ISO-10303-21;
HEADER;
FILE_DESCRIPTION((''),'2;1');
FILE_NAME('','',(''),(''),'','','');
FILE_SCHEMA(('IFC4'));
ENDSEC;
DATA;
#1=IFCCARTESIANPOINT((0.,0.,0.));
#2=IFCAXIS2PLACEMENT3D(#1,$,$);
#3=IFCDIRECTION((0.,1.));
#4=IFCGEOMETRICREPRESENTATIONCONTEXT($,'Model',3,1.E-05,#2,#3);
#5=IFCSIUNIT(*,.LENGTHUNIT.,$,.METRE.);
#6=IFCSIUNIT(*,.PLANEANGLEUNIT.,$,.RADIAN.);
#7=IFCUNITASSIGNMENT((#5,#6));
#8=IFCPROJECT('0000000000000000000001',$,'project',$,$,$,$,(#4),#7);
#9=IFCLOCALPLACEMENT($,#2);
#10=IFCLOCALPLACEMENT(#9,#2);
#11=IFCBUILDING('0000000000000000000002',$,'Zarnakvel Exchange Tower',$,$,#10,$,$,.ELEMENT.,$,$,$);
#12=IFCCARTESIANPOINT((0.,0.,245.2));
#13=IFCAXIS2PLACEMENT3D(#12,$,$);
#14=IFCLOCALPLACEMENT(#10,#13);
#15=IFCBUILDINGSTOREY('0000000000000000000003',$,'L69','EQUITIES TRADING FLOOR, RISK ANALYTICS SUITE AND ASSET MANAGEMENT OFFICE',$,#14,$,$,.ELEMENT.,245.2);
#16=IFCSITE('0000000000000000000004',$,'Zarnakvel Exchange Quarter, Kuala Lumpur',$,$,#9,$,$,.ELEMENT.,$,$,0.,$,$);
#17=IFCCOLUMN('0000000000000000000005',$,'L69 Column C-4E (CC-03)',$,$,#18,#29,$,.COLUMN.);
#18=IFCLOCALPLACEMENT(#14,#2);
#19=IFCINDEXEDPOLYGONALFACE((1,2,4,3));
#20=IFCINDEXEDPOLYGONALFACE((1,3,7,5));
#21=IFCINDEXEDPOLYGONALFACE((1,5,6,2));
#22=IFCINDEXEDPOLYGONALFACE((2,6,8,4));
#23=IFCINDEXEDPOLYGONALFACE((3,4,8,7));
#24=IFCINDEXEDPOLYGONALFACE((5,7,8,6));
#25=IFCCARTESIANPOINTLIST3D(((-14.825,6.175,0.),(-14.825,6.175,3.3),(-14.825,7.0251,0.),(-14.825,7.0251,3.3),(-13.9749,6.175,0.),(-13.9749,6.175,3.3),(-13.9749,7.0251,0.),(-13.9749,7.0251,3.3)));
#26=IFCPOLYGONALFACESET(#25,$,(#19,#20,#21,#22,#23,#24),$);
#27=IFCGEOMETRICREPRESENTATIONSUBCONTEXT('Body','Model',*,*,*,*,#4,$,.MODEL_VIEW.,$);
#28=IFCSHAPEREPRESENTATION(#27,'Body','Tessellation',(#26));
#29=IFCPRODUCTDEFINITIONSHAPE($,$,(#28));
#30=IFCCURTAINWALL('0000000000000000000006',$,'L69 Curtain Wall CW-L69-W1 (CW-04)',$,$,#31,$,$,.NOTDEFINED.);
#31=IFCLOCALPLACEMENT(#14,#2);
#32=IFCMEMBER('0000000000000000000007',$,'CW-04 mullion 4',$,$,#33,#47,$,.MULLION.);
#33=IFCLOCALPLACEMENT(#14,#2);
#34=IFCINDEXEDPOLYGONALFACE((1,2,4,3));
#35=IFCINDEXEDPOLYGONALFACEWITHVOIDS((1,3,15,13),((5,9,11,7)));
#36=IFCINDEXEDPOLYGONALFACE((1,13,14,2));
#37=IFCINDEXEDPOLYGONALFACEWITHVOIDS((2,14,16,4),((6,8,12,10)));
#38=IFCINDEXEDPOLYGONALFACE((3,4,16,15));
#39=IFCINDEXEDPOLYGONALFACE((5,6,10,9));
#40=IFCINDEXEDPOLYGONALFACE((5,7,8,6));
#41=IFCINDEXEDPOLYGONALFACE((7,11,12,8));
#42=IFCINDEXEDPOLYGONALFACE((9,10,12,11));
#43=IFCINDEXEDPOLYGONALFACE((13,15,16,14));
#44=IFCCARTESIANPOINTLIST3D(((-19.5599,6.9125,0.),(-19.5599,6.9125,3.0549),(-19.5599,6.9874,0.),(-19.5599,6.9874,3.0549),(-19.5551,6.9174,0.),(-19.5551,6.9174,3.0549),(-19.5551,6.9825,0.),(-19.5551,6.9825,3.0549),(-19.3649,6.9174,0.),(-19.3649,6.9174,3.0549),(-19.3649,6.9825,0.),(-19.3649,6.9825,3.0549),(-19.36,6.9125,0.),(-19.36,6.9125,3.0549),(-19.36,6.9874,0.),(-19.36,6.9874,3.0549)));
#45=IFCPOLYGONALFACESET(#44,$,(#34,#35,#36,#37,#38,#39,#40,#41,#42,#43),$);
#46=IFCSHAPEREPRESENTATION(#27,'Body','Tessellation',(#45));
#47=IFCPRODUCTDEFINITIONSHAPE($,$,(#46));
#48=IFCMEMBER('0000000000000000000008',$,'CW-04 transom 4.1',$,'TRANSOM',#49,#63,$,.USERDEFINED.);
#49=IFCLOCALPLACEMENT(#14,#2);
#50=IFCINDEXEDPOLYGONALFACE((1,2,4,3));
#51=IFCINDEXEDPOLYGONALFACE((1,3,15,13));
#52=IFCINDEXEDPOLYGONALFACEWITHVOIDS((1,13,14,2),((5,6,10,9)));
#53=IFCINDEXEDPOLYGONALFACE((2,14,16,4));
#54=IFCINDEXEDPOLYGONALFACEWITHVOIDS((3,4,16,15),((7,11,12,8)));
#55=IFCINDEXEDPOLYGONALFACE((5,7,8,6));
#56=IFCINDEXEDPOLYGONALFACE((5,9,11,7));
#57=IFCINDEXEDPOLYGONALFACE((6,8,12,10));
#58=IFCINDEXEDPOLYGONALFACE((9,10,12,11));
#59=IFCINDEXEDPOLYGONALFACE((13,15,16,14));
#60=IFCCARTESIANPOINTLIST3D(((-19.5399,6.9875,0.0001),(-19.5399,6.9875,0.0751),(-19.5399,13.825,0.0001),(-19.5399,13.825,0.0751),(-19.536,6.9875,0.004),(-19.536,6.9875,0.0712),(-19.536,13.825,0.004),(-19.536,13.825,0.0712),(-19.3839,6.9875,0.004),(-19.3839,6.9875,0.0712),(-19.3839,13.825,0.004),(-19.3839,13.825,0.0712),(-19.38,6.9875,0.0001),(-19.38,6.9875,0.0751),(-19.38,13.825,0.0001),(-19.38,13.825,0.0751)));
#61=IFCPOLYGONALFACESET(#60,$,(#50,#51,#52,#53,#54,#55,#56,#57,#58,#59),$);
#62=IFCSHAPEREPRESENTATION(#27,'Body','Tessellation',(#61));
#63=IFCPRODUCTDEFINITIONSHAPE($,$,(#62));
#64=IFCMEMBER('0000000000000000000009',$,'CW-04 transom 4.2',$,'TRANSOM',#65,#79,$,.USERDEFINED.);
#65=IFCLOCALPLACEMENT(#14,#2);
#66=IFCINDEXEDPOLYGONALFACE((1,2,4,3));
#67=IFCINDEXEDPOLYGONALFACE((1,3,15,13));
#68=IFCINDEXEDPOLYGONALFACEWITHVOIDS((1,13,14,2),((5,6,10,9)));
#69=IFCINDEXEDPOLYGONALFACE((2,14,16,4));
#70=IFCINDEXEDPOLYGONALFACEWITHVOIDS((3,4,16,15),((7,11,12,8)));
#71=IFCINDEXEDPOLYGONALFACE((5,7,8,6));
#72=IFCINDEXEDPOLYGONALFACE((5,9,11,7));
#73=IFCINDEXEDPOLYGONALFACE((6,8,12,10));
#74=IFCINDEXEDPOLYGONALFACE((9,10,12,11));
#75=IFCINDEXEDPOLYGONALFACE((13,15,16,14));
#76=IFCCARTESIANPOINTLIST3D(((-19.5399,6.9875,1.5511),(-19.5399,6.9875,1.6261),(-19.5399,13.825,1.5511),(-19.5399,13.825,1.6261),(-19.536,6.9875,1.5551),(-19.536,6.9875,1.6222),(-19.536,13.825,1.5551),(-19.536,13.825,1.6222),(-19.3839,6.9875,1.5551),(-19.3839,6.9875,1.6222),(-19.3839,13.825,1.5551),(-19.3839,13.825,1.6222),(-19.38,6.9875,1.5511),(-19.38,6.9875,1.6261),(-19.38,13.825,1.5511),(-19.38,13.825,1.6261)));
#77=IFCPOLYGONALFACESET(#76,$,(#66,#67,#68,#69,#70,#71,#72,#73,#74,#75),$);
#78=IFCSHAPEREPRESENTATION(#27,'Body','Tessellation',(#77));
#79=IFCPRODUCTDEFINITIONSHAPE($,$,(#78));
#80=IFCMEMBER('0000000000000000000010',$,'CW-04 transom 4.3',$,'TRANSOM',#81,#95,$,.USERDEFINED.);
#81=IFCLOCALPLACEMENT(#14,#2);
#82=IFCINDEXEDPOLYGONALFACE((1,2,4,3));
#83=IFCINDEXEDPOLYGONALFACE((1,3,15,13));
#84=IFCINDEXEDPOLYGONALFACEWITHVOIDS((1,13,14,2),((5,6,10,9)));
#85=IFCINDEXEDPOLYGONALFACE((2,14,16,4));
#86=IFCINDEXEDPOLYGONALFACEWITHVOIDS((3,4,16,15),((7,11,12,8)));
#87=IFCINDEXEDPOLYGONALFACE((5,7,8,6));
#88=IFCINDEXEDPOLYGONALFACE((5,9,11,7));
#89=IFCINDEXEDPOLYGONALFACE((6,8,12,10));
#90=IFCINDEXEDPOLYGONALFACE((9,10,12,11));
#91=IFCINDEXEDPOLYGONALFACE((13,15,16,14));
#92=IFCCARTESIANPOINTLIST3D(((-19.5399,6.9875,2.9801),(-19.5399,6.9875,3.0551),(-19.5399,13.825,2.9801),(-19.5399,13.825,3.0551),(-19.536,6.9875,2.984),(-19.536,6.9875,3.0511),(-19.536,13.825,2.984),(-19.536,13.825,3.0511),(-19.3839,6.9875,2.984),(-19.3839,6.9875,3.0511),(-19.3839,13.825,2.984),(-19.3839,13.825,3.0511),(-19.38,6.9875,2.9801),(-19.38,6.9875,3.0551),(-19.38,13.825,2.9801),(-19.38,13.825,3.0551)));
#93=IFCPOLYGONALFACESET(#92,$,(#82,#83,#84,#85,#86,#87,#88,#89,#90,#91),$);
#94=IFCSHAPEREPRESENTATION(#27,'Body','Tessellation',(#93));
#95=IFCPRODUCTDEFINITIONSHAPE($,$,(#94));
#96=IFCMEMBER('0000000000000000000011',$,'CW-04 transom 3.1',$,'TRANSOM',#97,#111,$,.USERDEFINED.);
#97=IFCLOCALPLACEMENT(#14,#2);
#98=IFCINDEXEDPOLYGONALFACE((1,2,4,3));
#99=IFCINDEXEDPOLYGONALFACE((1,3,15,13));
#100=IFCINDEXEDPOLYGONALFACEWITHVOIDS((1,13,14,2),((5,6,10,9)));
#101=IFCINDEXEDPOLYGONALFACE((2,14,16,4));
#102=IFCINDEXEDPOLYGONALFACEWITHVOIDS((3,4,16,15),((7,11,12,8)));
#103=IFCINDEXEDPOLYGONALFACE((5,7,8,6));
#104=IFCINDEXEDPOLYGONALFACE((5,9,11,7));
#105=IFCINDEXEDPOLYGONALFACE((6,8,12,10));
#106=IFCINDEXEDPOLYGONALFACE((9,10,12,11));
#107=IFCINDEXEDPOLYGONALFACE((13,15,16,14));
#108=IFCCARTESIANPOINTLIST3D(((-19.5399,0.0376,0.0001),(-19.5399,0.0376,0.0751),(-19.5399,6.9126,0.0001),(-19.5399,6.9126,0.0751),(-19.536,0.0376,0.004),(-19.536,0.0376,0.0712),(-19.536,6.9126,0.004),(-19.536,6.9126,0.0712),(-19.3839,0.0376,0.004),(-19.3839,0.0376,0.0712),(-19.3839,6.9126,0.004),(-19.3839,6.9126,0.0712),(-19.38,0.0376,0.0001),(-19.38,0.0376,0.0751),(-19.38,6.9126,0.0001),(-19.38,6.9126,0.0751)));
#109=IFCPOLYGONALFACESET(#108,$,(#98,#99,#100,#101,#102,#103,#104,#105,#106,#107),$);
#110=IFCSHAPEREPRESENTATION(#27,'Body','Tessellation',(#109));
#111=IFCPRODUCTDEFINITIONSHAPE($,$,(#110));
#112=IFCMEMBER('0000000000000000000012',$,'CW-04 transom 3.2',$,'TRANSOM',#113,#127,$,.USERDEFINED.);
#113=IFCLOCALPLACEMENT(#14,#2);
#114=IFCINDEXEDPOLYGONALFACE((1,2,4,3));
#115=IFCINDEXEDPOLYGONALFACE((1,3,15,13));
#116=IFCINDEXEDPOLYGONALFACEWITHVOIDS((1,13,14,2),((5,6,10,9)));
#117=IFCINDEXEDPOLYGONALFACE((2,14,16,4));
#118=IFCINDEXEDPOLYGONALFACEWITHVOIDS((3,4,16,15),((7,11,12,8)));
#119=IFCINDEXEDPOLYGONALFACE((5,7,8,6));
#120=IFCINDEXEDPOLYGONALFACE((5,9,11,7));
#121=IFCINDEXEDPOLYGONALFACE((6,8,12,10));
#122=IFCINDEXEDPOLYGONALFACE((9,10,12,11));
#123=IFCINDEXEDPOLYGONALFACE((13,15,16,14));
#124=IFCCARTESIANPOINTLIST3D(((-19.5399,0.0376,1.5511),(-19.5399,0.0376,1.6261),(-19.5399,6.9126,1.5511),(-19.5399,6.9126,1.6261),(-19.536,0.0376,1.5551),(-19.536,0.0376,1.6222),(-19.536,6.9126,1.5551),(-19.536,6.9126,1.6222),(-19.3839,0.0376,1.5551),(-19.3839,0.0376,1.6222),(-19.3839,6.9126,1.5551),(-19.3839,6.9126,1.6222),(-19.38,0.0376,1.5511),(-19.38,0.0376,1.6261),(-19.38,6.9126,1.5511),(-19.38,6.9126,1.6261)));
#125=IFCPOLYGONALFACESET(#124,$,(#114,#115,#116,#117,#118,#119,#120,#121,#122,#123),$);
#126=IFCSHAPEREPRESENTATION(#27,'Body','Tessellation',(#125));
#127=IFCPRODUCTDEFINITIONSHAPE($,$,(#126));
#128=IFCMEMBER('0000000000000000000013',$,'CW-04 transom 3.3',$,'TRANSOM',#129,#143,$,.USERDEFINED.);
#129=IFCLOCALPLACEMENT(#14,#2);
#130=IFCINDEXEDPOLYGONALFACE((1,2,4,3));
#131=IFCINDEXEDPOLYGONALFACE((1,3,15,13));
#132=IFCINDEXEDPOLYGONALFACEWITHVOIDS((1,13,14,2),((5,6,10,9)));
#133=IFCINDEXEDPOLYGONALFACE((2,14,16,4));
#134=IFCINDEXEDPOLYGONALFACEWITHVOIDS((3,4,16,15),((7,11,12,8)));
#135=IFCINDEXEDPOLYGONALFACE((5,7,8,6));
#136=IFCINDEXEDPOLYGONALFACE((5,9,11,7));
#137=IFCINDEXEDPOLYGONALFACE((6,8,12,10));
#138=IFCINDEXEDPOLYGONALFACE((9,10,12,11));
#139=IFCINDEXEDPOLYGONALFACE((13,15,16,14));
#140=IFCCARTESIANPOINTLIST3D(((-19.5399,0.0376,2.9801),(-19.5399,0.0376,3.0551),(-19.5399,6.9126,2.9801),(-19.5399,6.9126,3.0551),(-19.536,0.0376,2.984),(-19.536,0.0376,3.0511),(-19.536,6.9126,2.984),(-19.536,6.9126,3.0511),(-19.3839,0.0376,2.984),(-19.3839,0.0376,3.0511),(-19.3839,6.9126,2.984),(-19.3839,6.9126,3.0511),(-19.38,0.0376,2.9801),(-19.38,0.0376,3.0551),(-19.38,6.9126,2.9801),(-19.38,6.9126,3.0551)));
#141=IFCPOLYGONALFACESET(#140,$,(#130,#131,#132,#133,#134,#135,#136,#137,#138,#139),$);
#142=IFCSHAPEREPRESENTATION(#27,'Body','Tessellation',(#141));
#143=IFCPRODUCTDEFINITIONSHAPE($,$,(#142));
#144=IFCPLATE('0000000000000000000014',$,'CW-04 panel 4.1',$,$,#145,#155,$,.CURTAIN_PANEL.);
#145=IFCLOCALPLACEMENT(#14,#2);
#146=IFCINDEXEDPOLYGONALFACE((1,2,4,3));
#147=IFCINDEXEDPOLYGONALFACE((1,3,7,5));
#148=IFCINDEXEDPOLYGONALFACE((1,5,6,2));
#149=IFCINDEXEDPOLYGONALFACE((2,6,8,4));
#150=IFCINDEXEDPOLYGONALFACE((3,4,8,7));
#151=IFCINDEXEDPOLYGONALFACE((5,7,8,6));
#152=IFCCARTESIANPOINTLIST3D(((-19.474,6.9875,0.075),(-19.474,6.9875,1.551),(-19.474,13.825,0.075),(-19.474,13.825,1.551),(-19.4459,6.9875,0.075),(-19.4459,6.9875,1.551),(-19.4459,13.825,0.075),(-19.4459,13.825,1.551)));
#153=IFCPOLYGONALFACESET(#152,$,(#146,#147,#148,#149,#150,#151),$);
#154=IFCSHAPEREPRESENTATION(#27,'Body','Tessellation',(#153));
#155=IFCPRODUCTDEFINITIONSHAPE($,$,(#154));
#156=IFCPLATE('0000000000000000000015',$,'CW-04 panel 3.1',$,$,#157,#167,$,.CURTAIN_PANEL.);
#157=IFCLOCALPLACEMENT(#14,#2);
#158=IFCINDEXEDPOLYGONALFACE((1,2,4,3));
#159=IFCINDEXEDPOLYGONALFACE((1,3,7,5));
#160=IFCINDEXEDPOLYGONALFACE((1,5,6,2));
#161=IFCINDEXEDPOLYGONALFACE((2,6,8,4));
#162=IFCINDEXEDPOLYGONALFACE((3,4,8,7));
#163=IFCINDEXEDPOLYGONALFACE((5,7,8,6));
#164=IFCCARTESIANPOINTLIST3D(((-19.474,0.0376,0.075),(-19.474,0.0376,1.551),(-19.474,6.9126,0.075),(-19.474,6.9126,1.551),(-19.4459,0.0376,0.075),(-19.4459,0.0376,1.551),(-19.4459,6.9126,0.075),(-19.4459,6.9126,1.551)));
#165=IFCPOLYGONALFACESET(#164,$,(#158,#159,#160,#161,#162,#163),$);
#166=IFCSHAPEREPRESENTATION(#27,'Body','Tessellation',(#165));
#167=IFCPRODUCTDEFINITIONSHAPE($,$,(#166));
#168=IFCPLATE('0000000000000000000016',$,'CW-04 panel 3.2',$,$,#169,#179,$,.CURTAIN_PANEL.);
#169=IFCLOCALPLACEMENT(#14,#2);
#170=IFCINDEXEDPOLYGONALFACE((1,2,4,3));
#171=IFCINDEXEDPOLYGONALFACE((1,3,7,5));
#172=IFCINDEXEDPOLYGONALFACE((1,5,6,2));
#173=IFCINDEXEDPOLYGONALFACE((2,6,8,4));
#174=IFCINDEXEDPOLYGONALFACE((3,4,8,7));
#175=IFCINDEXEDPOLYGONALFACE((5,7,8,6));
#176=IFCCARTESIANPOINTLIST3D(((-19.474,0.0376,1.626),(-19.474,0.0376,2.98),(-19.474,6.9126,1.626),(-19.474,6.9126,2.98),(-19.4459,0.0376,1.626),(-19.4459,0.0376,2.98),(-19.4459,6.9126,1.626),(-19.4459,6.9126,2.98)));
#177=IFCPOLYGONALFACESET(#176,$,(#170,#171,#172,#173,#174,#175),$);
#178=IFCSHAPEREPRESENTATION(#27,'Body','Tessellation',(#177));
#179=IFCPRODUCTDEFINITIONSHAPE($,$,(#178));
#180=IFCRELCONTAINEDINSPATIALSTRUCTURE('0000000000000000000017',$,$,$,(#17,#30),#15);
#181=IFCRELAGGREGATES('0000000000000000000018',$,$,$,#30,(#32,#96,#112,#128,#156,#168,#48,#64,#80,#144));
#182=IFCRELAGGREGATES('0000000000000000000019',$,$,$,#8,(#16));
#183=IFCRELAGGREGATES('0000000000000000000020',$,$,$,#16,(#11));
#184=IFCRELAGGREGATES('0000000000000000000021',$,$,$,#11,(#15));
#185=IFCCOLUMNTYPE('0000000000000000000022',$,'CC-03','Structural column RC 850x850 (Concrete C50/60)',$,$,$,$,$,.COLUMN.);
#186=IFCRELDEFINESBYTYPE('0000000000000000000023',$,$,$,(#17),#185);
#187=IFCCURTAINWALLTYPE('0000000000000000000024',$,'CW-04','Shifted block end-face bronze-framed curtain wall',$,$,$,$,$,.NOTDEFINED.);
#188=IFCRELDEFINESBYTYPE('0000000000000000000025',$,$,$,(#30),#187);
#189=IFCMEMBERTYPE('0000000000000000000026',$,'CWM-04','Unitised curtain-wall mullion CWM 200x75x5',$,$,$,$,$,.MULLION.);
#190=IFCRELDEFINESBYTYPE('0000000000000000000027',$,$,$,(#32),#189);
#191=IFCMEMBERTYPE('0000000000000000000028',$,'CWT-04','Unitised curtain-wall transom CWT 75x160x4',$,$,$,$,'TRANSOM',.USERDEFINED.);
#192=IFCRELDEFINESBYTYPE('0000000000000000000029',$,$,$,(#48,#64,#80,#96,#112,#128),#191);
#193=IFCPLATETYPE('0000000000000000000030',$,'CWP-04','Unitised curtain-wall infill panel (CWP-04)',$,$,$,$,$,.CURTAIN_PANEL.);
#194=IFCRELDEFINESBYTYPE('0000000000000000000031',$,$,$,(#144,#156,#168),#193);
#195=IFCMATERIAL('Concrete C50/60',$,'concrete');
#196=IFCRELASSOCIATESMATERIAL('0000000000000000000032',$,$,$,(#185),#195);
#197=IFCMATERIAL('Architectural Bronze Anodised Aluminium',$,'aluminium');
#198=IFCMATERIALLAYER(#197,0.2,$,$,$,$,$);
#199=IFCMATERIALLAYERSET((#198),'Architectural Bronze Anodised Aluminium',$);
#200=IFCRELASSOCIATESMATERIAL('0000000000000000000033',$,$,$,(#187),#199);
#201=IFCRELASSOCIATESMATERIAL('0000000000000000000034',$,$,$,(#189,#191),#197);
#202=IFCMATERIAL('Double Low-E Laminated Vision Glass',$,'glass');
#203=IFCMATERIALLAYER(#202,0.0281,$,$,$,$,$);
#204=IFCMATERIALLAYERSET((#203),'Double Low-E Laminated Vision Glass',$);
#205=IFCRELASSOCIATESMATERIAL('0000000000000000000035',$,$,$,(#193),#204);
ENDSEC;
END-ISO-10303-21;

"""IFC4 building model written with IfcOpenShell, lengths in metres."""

from ifc_helpers import new_model, si_unit, direction, frame, origin, origin_2d, place, context, subcontext, project, spatial, rectangle, hollow_rectangle, extrude, source, transform, mapped, material, layer, layer_set, material_profile, profile_set, type_object, element, aggregate, save


model = new_model("IFC4")

# Units and contexts
model_context = context("Model", 3, precision=1e-05, world=origin(), true_north=direction((0.0, 1.0)))
body_context = subcontext(model_context, "Body", "Model", "MODEL_VIEW")
ifc_project = project(units=[si_unit("LENGTHUNIT", "METRE"), si_unit("PLANEANGLEUNIT", "RADIAN")], contexts=[model_context])

# Site, building, storey
site_placement = place(None, origin())
site = spatial("IfcSite", under=ifc_project, at=site_placement, Name="Zarnakvel Exchange Quarter, Kuala Lumpur", CompositionType="ELEMENT", RefElevation=0.0)
building_placement = place(site_placement, origin())
building = spatial("IfcBuilding", under=site, at=building_placement, Name="Zarnakvel Exchange Tower", CompositionType="ELEMENT")
storey_placement = place(building_placement, frame((0.0, 0.0, 245.2)))
storey = spatial("IfcBuildingStorey", under=building, at=storey_placement, Name="L69", Description="EQUITIES TRADING FLOOR, RISK ANALYTICS SUITE AND ASSET MANAGEMENT OFFICE", CompositionType="ELEMENT", Elevation=245.2)

# Column
ifc_material_1 = material(Name="Concrete C50/60", Category="concrete")
ifc_material_profile_1 = material_profile(ifc_material_1, rectangle(XDim=0.8501, YDim=0.8501, at=origin_2d()))
ifc_profile_set_1 = profile_set([ifc_material_profile_1], Name="Concrete C50/60")
column_type = type_object("IfcColumnType", Name="CC-03", Description="Structural column RC 850x850 (Concrete C50/60)", PredefinedType="COLUMN", material=ifc_profile_set_1)
column_placement = place(storey_placement, frame((-14.3999, 6.6001, 0.0), z_axis=(0.0, 0.0, 1.0), x_axis=(1.0, 0.0, 0.0)))
element("IfcColumn", 1, at=column_placement, inside=storey, type_object=column_type, Name="L69 Column C-4E (CC-03)", PredefinedType="COLUMN", context=body_context, shape_type="SweptSolid", body=[
    extrude(rectangle(XDim=0.8501, YDim=0.8501, at=origin_2d()), origin(), (0.0, 0.0, 1.0), 3.3),
])

# Curtain wall, members, plates
ifc_material_2 = material(Name="Architectural Bronze Anodised Aluminium", Category="aluminium")
ifc_layer_1 = layer(ifc_material_2, 0.2)
ifc_layer_set_1 = layer_set([ifc_layer_1], Name="Architectural Bronze Anodised Aluminium")
curtain_wall_type = type_object("IfcCurtainWallType", Name="CW-04", Description="Shifted block end-face bronze-framed curtain wall", PredefinedType="NOTDEFINED", material=ifc_layer_set_1)
curtain_wall_placement = place(storey_placement, origin())
curtain_wall = element("IfcCurtainWall", 2, at=curtain_wall_placement, inside=storey, type_object=curtain_wall_type, Name="L69 Curtain Wall CW-L69-W1 (CW-04)", PredefinedType="NOTDEFINED")
ifc_material_profile_2 = material_profile(ifc_material_2, hollow_rectangle(XDim=0.2, YDim=0.075, WallThickness=0.0049, at=origin_2d()))
ifc_profile_set_2 = profile_set([ifc_material_profile_2], Name="Architectural Bronze Anodised Aluminium")
member_type_1 = type_object("IfcMemberType", Name="CWM-04", Description="Unitised curtain-wall mullion CWM 200x75x5", PredefinedType="MULLION", material=ifc_profile_set_2)
shared_shape_1 = source(origin(), body_context, "Body", "SweptSolid", [
    extrude(hollow_rectangle(XDim=0.2, YDim=0.075, WallThickness=0.0049, at=origin_2d()), origin(), (0.0, 0.0, 1.0), 3.0549),
])
member_1_placement = place(storey_placement, frame((-19.46, 6.95, 0.0), z_axis=(0.0, 0.0, 1.0), x_axis=(-1.0, 0.0, 0.0)))
member_1 = element("IfcMember", 3, at=member_1_placement, type_object=member_type_1, Name="CW-04 mullion 4", PredefinedType="MULLION", context=body_context, shape_type="MappedRepresentation", body=[
    mapped(shared_shape_1, transform((0.0, 0.0, 0.0), x_axis=(1.0, 0.0, 0.0), y_axis=(0.0, 1.0, 0.0), z_axis=(0.0, 0.0, 1.0), scale=1.0)),
])
ifc_material_profile_3 = material_profile(ifc_material_2, hollow_rectangle(XDim=0.1599, YDim=0.075, WallThickness=0.0039, at=origin_2d()))
ifc_profile_set_3 = profile_set([ifc_material_profile_3], Name="Architectural Bronze Anodised Aluminium")
member_type_2 = type_object("IfcMemberType", Name="CWT-04", Description="Unitised curtain-wall transom CWT 75x160x4", ElementType="TRANSOM", PredefinedType="USERDEFINED", material=ifc_profile_set_3)
shared_shape_2 = source(origin(), body_context, "Body", "SweptSolid", [
    extrude(hollow_rectangle(XDim=0.1599, YDim=0.075, WallThickness=0.0039, at=origin_2d()), origin(), (0.0, 0.0, 1.0), 6.8374),
])
member_2_placement = place(storey_placement, frame((-19.46, 6.9875, 0.0376), z_axis=(0.0, 1.0, 0.0), x_axis=(-1.0, 0.0, 0.0)))
member_2 = element("IfcMember", 4, at=member_2_placement, type_object=member_type_2, Name="CW-04 transom 4.1", ObjectType="TRANSOM", PredefinedType="USERDEFINED", context=body_context, shape_type="MappedRepresentation", body=[
    mapped(shared_shape_2, transform((0.0, 0.0, 0.0), x_axis=(1.0, 0.0, 0.0), y_axis=(0.0, 1.0, 0.0), z_axis=(0.0, 0.0, 1.0), scale=1.0)),
])
member_3_placement = place(storey_placement, frame((-19.46, 6.9875, 1.5886), z_axis=(0.0, 1.0, 0.0), x_axis=(-1.0, 0.0, 0.0)))
member_3 = element("IfcMember", 5, at=member_3_placement, type_object=member_type_2, Name="CW-04 transom 4.2", ObjectType="TRANSOM", PredefinedType="USERDEFINED", context=body_context, shape_type="MappedRepresentation", body=[
    mapped(shared_shape_2, transform((0.0, 0.0, 0.0), x_axis=(1.0, 0.0, 0.0), y_axis=(0.0, 1.0, 0.0), z_axis=(0.0, 0.0, 1.0), scale=1.0)),
])
member_4_placement = place(storey_placement, frame((-19.46, 6.9875, 3.0176), z_axis=(0.0, 1.0, 0.0), x_axis=(-1.0, 0.0, 0.0)))
member_4 = element("IfcMember", 6, at=member_4_placement, type_object=member_type_2, Name="CW-04 transom 4.3", ObjectType="TRANSOM", PredefinedType="USERDEFINED", context=body_context, shape_type="MappedRepresentation", body=[
    mapped(shared_shape_2, transform((0.0, 0.0, 0.0), x_axis=(1.0, 0.0, 0.0), y_axis=(0.0, 1.0, 0.0), z_axis=(0.0, 0.0, 1.0), scale=1.0)),
])
shared_shape_3 = source(origin(), body_context, "Body", "SweptSolid", [
    extrude(hollow_rectangle(XDim=0.1599, YDim=0.075, WallThickness=0.0039, at=origin_2d()), origin(), (0.0, 0.0, 1.0), 6.875),
])
member_5_placement = place(storey_placement, frame((-19.46, 0.0376, 0.0376), z_axis=(0.0, 1.0, 0.0), x_axis=(-1.0, 0.0, 0.0)))
member_5 = element("IfcMember", 7, at=member_5_placement, type_object=member_type_2, Name="CW-04 transom 3.1", ObjectType="TRANSOM", PredefinedType="USERDEFINED", context=body_context, shape_type="MappedRepresentation", body=[
    mapped(shared_shape_3, transform((0.0, 0.0, 0.0), x_axis=(1.0, 0.0, 0.0), y_axis=(0.0, 1.0, 0.0), z_axis=(0.0, 0.0, 1.0), scale=1.0)),
])
member_6_placement = place(storey_placement, frame((-19.46, 0.0376, 1.5886), z_axis=(0.0, 1.0, 0.0), x_axis=(-1.0, 0.0, 0.0)))
member_6 = element("IfcMember", 8, at=member_6_placement, type_object=member_type_2, Name="CW-04 transom 3.2", ObjectType="TRANSOM", PredefinedType="USERDEFINED", context=body_context, shape_type="MappedRepresentation", body=[
    mapped(shared_shape_3, transform((0.0, 0.0, 0.0), x_axis=(1.0, 0.0, 0.0), y_axis=(0.0, 1.0, 0.0), z_axis=(0.0, 0.0, 1.0), scale=1.0)),
])
member_7_placement = place(storey_placement, frame((-19.46, 0.0376, 3.0176), z_axis=(0.0, 1.0, 0.0), x_axis=(-1.0, 0.0, 0.0)))
member_7 = element("IfcMember", 9, at=member_7_placement, type_object=member_type_2, Name="CW-04 transom 3.3", ObjectType="TRANSOM", PredefinedType="USERDEFINED", context=body_context, shape_type="MappedRepresentation", body=[
    mapped(shared_shape_3, transform((0.0, 0.0, 0.0), x_axis=(1.0, 0.0, 0.0), y_axis=(0.0, 1.0, 0.0), z_axis=(0.0, 0.0, 1.0), scale=1.0)),
])
ifc_material_3 = material(Name="Double Low-E Laminated Vision Glass", Category="glass")
ifc_layer_2 = layer(ifc_material_3, 0.0281)
ifc_layer_set_2 = layer_set([ifc_layer_2], Name="Double Low-E Laminated Vision Glass")
plate_type = type_object("IfcPlateType", Name="CWP-04", Description="Unitised curtain-wall infill panel (CWP-04)", PredefinedType="CURTAIN_PANEL", material=ifc_layer_set_2)
shared_shape_4 = source(origin(), body_context, "Body", "SweptSolid", [
    extrude(rectangle(XDim=6.8374, YDim=0.0281, at=origin_2d()), origin(), (0.0, 0.0, 1.0), 1.4761),
])
plate_1_placement = place(storey_placement, frame((-19.46, 10.4062, 0.075), z_axis=(0.0, 0.0, 1.0), x_axis=(0.0, 1.0, 0.0)))
plate_1 = element("IfcPlate", 10, at=plate_1_placement, type_object=plate_type, Name="CW-04 panel 4.1", PredefinedType="CURTAIN_PANEL", context=body_context, shape_type="MappedRepresentation", body=[
    mapped(shared_shape_4, transform((0.0, 0.0, 0.0), x_axis=(1.0, 0.0, 0.0), y_axis=(0.0, 1.0, 0.0), z_axis=(0.0, 0.0, 1.0), scale=1.0)),
])
shared_shape_5 = source(origin(), body_context, "Body", "SweptSolid", [
    extrude(rectangle(XDim=6.875, YDim=0.0281, at=origin_2d()), origin(), (0.0, 0.0, 1.0), 1.4761),
])
plate_2_placement = place(storey_placement, frame((-19.46, 3.4751, 0.075), z_axis=(0.0, 0.0, 1.0), x_axis=(0.0, 1.0, 0.0)))
plate_2 = element("IfcPlate", 11, at=plate_2_placement, type_object=plate_type, Name="CW-04 panel 3.1", PredefinedType="CURTAIN_PANEL", context=body_context, shape_type="MappedRepresentation", body=[
    mapped(shared_shape_5, transform((0.0, 0.0, 0.0), x_axis=(1.0, 0.0, 0.0), y_axis=(0.0, 1.0, 0.0), z_axis=(0.0, 0.0, 1.0), scale=1.0)),
])
shared_shape_6 = source(origin(), body_context, "Body", "SweptSolid", [
    extrude(rectangle(XDim=6.875, YDim=0.0281, at=origin_2d()), origin(), (0.0, 0.0, 1.0), 1.354),
])
plate_3_placement = place(storey_placement, frame((-19.46, 3.4751, 1.626), z_axis=(0.0, 0.0, 1.0), x_axis=(0.0, 1.0, 0.0)))
plate_3 = element("IfcPlate", 12, at=plate_3_placement, type_object=plate_type, Name="CW-04 panel 3.2", PredefinedType="CURTAIN_PANEL", context=body_context, shape_type="MappedRepresentation", body=[
    mapped(shared_shape_6, transform((0.0, 0.0, 0.0), x_axis=(1.0, 0.0, 0.0), y_axis=(0.0, 1.0, 0.0), z_axis=(0.0, 0.0, 1.0), scale=1.0)),
])
aggregate(curtain_wall, [member_1, member_5, member_6, member_7, plate_2, plate_3, member_2, member_3, member_4, plate_1])

save(model, "model.ifc")
